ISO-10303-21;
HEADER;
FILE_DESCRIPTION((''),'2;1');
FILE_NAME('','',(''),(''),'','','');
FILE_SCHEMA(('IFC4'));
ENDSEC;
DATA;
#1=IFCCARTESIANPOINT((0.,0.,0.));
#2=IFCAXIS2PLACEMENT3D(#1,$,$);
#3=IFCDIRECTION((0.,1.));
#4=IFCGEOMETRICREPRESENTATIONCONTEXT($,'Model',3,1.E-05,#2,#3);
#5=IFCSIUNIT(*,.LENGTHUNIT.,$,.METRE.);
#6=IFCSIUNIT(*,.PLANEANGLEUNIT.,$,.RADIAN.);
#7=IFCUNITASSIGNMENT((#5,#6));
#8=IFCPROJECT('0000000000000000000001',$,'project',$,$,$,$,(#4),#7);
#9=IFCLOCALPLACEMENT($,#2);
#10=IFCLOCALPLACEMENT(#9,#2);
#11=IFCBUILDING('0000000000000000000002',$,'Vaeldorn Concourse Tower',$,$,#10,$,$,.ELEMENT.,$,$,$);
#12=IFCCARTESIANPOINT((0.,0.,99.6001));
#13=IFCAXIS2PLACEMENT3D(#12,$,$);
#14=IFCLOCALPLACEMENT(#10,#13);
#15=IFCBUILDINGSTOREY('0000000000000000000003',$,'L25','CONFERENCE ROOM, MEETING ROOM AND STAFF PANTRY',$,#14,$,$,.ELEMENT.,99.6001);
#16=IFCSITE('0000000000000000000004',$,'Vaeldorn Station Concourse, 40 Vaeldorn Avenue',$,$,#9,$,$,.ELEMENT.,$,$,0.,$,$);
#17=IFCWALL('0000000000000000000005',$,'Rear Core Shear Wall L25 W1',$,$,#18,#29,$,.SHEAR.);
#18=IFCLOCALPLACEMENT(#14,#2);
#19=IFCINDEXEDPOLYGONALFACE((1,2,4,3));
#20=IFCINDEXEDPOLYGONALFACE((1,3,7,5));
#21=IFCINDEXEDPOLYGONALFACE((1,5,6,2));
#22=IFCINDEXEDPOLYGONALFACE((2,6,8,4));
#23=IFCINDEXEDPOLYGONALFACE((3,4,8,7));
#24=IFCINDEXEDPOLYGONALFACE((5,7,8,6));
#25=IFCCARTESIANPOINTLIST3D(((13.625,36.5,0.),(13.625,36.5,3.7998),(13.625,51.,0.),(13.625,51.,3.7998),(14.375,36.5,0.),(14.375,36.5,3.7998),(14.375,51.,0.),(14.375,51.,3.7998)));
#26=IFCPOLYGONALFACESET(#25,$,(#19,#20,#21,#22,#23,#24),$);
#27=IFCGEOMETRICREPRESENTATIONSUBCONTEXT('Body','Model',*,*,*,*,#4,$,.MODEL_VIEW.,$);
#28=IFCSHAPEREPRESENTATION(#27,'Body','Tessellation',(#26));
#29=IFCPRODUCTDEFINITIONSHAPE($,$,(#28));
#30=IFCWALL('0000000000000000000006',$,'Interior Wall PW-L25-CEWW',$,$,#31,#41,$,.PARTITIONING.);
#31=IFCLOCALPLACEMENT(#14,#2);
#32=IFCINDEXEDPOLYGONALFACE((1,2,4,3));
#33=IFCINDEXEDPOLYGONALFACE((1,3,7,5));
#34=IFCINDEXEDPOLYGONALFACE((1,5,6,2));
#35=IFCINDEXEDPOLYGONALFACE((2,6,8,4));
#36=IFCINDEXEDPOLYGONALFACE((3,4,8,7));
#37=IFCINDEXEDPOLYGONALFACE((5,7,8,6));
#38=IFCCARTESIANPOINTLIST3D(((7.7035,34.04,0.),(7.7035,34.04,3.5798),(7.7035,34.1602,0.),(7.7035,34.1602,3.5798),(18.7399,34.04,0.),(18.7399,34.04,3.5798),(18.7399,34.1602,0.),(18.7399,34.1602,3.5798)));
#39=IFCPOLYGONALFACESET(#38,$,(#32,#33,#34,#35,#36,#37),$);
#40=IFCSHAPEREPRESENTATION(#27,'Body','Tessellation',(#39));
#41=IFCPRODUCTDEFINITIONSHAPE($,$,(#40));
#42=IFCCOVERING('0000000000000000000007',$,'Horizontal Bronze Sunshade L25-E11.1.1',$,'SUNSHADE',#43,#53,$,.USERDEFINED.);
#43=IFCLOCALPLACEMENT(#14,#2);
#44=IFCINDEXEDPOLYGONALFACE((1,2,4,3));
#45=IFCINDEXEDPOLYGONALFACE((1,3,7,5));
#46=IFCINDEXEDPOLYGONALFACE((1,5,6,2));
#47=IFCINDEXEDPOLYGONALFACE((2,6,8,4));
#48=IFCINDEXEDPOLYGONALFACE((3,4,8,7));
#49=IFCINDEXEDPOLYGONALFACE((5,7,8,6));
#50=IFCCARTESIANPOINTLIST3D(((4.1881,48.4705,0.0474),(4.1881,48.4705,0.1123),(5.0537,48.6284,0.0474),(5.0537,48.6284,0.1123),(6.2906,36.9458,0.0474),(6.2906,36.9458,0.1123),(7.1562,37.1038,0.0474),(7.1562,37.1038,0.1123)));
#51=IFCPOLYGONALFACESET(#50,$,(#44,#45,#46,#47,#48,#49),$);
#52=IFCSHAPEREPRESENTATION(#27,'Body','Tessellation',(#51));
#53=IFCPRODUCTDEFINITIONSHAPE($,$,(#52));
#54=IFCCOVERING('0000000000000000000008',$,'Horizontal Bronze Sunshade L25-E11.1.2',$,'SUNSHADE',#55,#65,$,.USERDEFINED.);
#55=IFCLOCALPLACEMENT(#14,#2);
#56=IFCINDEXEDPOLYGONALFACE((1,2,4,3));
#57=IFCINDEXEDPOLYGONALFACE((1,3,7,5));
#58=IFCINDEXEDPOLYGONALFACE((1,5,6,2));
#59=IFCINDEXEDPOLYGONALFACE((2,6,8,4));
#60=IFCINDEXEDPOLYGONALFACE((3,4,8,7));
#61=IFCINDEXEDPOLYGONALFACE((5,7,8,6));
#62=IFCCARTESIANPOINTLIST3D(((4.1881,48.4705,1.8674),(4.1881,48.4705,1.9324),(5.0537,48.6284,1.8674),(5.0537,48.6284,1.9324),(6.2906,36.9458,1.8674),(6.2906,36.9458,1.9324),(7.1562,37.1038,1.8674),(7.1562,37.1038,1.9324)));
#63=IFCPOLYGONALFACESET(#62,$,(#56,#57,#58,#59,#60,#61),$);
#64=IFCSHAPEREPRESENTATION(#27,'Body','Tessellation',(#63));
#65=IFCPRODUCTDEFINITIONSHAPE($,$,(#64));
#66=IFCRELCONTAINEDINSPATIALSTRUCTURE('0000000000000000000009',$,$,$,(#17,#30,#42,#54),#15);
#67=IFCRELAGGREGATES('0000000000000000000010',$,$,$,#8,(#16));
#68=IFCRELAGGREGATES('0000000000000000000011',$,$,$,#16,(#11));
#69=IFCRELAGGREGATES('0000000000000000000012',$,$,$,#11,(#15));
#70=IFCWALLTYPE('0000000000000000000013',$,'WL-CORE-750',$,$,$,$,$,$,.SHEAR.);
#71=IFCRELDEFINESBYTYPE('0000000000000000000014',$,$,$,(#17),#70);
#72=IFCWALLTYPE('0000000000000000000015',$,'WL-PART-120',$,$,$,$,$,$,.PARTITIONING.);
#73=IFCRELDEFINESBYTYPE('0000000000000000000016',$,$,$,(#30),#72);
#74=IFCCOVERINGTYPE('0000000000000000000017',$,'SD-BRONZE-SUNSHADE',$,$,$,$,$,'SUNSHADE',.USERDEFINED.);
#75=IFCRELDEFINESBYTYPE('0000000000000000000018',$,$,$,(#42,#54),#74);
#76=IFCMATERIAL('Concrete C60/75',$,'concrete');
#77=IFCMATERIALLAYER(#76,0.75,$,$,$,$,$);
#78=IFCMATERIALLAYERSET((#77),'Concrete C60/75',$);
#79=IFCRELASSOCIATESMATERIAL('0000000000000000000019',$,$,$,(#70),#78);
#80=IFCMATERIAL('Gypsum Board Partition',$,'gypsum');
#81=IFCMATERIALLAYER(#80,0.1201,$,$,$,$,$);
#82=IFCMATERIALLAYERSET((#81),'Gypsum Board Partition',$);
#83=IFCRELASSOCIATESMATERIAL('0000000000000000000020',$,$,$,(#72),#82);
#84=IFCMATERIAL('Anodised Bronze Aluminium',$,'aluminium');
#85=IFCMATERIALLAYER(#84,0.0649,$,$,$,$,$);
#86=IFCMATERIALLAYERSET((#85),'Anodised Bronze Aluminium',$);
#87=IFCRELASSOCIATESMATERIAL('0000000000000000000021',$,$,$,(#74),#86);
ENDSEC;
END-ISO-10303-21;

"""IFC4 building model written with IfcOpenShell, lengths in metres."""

from ifc_helpers import new_model, si_unit, direction, frame, frame_2d, origin, origin_2d, place, context, subcontext, project, spatial, rectangle, extrude, source, transform, mapped, material, layer, layer_set, type_object, element, save


model = new_model("IFC4")

# Units and contexts
model_context = context("Model", 3, precision=1e-05, world=origin(), true_north=direction((0.0, 1.0)))
body_context = subcontext(model_context, "Body", "Model", "MODEL_VIEW")
ifc_project = project(units=[si_unit("LENGTHUNIT", "METRE"), si_unit("PLANEANGLEUNIT", "RADIAN")], contexts=[model_context])

# Site, building, storey
site_placement = place(None, origin())
site = spatial("IfcSite", under=ifc_project, at=site_placement, Name="Vaeldorn Station Concourse, 40 Vaeldorn Avenue", CompositionType="ELEMENT", RefElevation=0.0)
building_placement = place(site_placement, origin())
building = spatial("IfcBuilding", under=site, at=building_placement, Name="Vaeldorn Concourse Tower", CompositionType="ELEMENT")
storey_placement = place(building_placement, frame((0.0, 0.0, 99.6001)))
storey = spatial("IfcBuildingStorey", under=building, at=storey_placement, Name="L25", Description="CONFERENCE ROOM, MEETING ROOM AND STAFF PANTRY", CompositionType="ELEMENT", Elevation=99.6001)

# Shared definitions
ifc_material_1 = material(Name="Concrete C60/75", Category="concrete")

# Shared definitions
ifc_material_2 = material(Name="Anodised Bronze Aluminium", Category="aluminium")

# Walls
ifc_layer_1 = layer(ifc_material_1, 0.75)
ifc_layer_set_1 = layer_set([ifc_layer_1], Name="Concrete C60/75")
wall_type_1 = type_object("IfcWallType", Name="WL-CORE-750", PredefinedType="SHEAR", material=ifc_layer_set_1)
wall_1_placement = place(storey_placement, frame((14.0, 36.5, 0.0), z_axis=(0.0, 0.0, 1.0), x_axis=(0.0, 1.0, 0.0)))
element("IfcWall", 1, at=wall_1_placement, inside=storey, type_object=wall_type_1, Name="Rear Core Shear Wall L25 W1", PredefinedType="SHEAR", context=body_context, shape_type="SweptSolid", body=[
    extrude(rectangle(XDim=14.5, YDim=0.75, at=frame_2d((7.25, 0.0))), origin(), (0.0, 0.0, 1.0), 3.7998),
])
ifc_material_3 = material(Name="Gypsum Board Partition", Category="gypsum")
ifc_layer_2 = layer(ifc_material_3, 0.1201)
ifc_layer_set_2 = layer_set([ifc_layer_2], Name="Gypsum Board Partition")
wall_type_2 = type_object("IfcWallType", Name="WL-PART-120", PredefinedType="PARTITIONING", material=ifc_layer_set_2)
wall_2_placement = place(storey_placement, frame((7.7036, 34.1001, 0.0), z_axis=(0.0, 0.0, 1.0), x_axis=(1.0, 0.0, 0.0)))
element("IfcWall", 2, at=wall_2_placement, inside=storey, type_object=wall_type_2, Name="Interior Wall PW-L25-CEWW", PredefinedType="PARTITIONING", context=body_context, shape_type="SweptSolid", body=[
    extrude(rectangle(XDim=11.0364, YDim=0.1201, at=frame_2d((5.5181, 0.0))), origin(), (0.0, 0.0, 1.0), 3.5798),
])

# Coverings
ifc_layer_3 = layer(ifc_material_2, 0.0649)
ifc_layer_set_3 = layer_set([ifc_layer_3], Name="Anodised Bronze Aluminium")
covering_type = type_object("IfcCoveringType", Name="SD-BRONZE-SUNSHADE", ElementType="SUNSHADE", PredefinedType="USERDEFINED", material=ifc_layer_set_3)
shared_shape_1 = source(origin(), body_context, "Body", "SweptSolid", [
    extrude(rectangle(XDim=11.7148, YDim=0.8799, at=origin_2d()), origin(), (0.0, 0.0, 1.0), 0.0649),
])
for number, where, z_axis, x_axis, name in (
    (3, (5.6721, 42.7871, 0.0474), (0.0, 0.0, 1.0), (0.179472, -0.983763, 0.0), "Horizontal Bronze Sunshade L25-E11.1.1"),
    (4, (5.6721, 42.7871, 1.8674), (0.0, 0.0, 1.0), (0.179472, -0.983763, 0.0), "Horizontal Bronze Sunshade L25-E11.1.2"),
):
    element("IfcCovering", number, at=place(storey_placement, frame(where, z_axis=z_axis, x_axis=x_axis)), inside=storey, type_object=covering_type, Name=name, ObjectType="SUNSHADE", PredefinedType="USERDEFINED", context=body_context, shape_type="MappedRepresentation", body=[
        mapped(shared_shape_1, transform((0.0, 0.0, 0.0), scale=1.0)),
    ])

save(model, "model.ifc")
